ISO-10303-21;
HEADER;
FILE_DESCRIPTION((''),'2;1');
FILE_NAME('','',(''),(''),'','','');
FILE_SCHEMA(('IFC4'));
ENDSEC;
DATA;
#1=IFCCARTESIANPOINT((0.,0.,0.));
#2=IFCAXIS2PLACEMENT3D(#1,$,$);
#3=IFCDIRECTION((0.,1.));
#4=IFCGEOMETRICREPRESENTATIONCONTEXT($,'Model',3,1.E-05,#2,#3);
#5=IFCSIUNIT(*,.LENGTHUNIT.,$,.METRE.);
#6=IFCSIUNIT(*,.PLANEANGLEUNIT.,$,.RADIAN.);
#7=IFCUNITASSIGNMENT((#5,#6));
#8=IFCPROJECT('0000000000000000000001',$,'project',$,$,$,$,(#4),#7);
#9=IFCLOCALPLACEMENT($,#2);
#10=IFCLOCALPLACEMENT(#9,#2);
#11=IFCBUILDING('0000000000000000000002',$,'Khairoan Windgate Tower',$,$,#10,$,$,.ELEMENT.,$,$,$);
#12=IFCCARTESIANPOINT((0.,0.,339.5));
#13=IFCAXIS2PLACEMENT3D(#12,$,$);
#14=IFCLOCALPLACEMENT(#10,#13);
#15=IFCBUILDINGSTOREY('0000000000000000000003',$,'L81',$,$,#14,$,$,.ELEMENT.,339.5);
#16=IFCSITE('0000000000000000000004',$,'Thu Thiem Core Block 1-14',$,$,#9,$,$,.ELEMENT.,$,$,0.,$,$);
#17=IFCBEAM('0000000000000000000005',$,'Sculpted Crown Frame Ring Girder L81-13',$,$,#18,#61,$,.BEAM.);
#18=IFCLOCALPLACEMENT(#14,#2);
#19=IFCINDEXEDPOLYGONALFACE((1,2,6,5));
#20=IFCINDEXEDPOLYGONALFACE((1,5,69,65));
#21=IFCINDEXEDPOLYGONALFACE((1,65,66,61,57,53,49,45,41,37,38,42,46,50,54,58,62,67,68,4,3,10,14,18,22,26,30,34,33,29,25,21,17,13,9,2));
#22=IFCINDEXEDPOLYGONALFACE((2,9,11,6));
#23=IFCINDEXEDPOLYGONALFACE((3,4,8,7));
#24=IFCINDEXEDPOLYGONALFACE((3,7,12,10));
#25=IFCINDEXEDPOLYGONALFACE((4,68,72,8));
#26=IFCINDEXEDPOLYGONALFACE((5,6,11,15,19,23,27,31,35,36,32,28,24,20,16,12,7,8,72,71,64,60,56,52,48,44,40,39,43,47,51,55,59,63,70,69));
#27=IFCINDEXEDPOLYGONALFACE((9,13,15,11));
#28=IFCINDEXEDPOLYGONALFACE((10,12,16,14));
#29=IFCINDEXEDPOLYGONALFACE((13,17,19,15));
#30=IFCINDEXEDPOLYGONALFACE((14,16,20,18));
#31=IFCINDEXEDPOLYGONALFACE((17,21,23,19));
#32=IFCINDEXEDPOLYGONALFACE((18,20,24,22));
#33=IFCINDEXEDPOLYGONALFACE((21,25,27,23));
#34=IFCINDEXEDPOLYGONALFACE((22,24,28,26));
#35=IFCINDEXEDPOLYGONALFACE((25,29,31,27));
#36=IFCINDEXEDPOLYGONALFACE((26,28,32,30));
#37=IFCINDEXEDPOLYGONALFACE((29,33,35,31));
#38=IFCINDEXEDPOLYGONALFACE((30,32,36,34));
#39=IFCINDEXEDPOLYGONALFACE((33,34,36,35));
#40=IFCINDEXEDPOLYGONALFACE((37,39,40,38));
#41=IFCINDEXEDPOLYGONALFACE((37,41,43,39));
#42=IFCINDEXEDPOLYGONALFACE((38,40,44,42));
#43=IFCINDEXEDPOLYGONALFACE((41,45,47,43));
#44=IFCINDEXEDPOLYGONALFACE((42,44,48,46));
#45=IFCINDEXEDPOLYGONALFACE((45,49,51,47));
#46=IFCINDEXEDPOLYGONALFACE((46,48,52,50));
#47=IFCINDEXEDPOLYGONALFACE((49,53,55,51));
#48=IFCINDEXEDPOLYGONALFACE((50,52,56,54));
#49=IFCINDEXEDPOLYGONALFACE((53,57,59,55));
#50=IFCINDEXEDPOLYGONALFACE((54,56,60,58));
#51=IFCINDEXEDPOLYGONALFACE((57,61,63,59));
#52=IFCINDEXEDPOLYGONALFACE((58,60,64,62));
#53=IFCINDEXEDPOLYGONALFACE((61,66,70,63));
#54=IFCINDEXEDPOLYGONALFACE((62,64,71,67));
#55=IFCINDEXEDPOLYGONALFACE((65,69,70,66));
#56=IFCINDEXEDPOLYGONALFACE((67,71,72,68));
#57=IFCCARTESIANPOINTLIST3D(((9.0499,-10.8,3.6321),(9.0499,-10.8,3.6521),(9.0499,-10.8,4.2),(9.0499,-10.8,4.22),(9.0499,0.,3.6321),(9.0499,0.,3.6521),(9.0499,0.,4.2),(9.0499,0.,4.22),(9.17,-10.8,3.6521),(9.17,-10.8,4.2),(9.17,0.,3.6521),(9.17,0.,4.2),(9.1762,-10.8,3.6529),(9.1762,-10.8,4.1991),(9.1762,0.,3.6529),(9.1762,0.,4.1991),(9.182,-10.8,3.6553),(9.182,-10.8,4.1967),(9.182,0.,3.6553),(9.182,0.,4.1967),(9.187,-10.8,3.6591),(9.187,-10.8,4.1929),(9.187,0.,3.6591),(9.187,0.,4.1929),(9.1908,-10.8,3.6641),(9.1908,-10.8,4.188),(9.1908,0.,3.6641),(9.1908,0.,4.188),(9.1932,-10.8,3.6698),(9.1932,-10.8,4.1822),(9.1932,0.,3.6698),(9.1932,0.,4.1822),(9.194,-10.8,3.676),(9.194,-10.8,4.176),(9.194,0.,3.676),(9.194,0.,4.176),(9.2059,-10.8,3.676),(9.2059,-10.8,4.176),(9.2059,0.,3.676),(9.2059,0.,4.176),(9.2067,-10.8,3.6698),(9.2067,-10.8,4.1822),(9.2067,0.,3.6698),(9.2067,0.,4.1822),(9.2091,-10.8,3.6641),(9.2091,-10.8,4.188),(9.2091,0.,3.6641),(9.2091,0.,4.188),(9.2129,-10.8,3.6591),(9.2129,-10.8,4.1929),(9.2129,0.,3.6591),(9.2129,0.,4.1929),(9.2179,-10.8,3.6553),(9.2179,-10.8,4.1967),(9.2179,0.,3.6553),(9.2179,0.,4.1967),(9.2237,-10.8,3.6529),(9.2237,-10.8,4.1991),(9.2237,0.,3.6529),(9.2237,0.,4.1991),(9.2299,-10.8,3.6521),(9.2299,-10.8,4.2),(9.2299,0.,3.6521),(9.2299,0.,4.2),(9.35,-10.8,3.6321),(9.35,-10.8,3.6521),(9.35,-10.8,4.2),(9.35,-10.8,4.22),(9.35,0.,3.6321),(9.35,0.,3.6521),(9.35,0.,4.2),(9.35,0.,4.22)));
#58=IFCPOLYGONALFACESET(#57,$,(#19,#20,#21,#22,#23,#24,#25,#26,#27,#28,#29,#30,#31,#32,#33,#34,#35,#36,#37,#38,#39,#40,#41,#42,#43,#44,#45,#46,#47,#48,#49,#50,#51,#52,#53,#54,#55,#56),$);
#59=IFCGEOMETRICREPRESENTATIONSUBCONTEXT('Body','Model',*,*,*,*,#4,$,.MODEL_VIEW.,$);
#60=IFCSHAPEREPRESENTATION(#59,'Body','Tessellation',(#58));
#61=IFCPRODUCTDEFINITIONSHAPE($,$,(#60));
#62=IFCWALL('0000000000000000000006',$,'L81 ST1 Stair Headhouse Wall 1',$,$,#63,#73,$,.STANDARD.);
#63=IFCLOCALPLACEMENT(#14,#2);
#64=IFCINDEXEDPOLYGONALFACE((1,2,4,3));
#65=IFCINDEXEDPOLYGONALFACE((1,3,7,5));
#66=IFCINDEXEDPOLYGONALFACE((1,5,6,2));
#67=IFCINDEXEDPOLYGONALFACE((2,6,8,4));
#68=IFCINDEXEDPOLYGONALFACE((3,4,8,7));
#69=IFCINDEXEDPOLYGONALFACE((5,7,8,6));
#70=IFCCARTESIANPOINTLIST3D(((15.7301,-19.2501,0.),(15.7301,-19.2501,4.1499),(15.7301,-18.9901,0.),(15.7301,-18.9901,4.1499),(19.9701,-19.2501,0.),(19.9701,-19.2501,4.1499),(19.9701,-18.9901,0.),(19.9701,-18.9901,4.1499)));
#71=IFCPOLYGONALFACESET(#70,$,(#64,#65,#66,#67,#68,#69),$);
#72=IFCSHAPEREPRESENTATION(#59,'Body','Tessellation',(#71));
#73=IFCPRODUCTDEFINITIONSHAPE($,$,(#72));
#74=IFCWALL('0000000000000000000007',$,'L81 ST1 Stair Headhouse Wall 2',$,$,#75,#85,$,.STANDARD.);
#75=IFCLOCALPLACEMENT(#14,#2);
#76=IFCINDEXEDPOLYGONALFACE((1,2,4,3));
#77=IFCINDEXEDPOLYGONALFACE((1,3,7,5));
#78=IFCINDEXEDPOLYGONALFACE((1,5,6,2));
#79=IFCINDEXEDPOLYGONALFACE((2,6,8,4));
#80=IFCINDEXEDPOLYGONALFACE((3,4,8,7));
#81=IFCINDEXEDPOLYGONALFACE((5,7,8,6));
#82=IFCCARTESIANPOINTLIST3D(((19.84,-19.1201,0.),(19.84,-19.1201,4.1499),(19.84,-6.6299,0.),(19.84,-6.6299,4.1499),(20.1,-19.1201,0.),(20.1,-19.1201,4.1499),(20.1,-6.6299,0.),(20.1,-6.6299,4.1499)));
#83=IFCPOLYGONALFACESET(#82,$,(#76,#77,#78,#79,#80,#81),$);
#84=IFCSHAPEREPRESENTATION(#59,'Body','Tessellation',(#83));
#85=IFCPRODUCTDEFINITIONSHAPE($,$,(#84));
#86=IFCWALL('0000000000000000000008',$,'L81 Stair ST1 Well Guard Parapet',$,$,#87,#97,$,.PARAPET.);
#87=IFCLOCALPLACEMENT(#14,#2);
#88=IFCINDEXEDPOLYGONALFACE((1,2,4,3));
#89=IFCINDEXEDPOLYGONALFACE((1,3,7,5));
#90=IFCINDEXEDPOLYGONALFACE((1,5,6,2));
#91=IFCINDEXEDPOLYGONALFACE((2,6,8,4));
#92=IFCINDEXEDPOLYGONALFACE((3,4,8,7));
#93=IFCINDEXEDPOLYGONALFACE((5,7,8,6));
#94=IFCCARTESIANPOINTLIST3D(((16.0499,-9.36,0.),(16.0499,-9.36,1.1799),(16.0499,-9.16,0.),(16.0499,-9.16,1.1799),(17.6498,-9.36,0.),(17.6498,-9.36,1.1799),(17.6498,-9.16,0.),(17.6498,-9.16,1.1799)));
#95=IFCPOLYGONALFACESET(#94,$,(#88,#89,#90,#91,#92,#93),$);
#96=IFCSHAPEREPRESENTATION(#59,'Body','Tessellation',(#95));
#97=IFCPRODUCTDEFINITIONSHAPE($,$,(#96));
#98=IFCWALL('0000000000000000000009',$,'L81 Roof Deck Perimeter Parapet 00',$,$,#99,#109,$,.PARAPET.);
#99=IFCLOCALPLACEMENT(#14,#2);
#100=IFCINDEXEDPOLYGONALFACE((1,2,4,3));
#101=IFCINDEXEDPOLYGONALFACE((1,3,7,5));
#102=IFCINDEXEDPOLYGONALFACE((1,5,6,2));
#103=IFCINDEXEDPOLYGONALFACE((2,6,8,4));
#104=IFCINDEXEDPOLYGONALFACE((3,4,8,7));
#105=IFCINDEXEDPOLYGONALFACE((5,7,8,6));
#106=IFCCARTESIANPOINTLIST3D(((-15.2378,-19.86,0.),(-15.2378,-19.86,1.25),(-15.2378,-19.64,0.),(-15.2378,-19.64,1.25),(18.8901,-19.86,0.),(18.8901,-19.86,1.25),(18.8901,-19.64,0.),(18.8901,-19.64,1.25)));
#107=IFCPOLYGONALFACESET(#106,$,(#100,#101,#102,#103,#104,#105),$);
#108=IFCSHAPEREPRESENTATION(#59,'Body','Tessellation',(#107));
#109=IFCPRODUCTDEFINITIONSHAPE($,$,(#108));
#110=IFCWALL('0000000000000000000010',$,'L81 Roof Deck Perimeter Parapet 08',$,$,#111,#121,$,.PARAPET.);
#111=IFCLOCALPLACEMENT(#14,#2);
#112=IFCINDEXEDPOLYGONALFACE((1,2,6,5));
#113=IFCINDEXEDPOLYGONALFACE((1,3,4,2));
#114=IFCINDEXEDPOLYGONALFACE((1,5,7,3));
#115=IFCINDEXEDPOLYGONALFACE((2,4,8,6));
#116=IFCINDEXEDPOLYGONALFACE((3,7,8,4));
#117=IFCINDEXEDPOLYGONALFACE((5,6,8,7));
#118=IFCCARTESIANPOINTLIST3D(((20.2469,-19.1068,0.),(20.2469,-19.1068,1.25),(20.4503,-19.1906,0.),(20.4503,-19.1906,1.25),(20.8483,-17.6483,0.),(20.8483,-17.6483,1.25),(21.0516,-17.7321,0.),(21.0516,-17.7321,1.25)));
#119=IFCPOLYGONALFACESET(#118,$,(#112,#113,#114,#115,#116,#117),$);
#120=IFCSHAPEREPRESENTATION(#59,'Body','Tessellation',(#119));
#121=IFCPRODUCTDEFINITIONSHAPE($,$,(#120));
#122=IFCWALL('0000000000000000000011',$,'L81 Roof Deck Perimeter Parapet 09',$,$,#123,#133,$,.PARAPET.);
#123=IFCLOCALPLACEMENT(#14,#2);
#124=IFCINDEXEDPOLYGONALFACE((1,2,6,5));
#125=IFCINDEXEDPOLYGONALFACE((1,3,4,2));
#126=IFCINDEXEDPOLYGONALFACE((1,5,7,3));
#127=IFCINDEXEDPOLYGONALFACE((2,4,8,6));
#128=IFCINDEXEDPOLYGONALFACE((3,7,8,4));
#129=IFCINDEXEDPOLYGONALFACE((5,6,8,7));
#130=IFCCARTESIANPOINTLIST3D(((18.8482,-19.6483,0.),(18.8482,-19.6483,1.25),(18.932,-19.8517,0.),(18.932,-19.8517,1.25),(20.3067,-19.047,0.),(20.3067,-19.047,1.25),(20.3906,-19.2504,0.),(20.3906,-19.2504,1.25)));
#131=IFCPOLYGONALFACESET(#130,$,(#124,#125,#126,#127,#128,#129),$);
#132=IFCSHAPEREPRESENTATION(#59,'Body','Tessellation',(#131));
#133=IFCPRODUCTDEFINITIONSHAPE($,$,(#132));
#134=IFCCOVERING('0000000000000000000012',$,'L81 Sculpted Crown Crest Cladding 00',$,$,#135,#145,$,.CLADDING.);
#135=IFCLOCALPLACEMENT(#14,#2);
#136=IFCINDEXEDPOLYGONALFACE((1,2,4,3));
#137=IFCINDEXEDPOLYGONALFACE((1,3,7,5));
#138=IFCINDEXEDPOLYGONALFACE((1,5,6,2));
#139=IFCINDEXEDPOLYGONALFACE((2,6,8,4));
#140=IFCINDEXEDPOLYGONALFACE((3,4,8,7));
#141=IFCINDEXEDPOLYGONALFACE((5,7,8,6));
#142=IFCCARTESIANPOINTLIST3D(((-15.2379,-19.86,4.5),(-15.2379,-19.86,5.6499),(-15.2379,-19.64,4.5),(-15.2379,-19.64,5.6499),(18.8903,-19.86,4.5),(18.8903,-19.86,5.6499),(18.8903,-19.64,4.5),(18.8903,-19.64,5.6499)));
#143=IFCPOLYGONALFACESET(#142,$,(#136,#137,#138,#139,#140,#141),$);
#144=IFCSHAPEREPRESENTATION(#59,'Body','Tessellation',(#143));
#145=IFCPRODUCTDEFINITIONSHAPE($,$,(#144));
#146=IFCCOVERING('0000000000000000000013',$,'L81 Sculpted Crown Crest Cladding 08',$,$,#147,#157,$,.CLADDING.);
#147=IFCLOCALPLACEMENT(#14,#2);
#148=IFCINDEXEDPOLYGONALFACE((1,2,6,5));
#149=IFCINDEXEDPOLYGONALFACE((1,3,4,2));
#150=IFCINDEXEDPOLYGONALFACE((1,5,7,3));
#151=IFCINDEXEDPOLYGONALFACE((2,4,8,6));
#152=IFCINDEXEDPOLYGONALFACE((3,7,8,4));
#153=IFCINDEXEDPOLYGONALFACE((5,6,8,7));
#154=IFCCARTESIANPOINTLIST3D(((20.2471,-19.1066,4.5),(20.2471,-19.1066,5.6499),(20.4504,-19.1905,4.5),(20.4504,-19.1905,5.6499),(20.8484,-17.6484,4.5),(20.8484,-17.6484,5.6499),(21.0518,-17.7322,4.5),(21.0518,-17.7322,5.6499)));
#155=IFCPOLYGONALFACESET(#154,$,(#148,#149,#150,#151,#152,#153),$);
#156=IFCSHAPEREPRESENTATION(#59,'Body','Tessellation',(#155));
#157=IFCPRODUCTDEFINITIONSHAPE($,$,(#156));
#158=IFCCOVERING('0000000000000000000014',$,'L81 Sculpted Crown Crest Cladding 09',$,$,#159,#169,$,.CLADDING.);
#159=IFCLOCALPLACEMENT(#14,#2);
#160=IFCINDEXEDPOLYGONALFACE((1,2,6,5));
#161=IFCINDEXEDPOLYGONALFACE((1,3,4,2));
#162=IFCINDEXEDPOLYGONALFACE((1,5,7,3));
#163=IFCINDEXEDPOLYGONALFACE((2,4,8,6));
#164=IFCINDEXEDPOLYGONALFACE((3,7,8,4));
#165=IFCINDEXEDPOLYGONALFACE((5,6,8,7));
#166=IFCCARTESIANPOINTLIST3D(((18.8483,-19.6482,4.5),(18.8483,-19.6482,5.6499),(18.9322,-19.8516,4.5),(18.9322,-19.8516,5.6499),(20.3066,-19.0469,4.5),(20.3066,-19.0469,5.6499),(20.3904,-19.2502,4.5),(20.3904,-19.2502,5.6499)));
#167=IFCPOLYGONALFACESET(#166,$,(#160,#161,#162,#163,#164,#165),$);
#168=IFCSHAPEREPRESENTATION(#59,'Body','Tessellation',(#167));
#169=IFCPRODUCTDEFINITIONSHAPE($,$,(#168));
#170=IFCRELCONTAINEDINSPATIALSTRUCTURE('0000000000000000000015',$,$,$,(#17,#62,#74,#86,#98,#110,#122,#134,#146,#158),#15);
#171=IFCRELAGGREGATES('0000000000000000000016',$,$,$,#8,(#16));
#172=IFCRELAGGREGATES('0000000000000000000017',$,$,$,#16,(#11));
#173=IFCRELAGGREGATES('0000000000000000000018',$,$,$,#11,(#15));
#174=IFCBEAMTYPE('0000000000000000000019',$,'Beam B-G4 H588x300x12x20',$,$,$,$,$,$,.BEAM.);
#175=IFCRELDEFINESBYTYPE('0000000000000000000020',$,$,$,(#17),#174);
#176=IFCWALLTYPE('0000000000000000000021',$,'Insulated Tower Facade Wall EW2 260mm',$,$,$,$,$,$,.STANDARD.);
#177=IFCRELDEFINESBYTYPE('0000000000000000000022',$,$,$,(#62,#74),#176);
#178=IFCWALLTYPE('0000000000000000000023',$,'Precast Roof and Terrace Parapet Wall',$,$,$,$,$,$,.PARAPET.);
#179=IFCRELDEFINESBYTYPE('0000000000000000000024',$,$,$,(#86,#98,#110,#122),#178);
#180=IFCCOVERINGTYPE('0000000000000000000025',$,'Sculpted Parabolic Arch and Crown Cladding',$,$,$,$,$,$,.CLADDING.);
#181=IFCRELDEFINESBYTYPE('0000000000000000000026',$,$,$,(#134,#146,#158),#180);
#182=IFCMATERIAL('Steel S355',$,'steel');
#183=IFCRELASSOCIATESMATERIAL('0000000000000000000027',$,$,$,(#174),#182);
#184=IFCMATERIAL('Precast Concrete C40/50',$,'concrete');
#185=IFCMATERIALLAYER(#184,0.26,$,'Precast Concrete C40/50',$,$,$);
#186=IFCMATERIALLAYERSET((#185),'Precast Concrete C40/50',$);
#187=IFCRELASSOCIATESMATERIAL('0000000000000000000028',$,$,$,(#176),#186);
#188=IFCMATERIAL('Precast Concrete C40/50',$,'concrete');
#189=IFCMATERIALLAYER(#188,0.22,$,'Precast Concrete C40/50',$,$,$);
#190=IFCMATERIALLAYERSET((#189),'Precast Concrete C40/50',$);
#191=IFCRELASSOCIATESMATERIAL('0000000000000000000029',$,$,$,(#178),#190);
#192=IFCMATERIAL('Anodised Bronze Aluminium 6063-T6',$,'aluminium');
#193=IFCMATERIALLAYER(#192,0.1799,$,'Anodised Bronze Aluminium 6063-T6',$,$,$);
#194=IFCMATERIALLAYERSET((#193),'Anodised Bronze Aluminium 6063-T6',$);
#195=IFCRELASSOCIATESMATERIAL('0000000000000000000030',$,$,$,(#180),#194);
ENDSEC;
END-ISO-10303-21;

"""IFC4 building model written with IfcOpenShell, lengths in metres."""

from ifc_helpers import new_model, si_unit, direction, frame, frame_2d, origin, origin_2d, place, context, subcontext, project, spatial, rectangle, i_section, extrude, material, layer, layer_set, material_profile, profile_set, type_object, element, save


model = new_model("IFC4")

# Units and contexts
model_context = context("Model", 3, precision=1e-05, world=origin(), true_north=direction((0.0, 1.0)))
body_context = subcontext(model_context, "Body", "Model", "MODEL_VIEW")
ifc_project = project(units=[si_unit("LENGTHUNIT", "METRE"), si_unit("PLANEANGLEUNIT", "RADIAN")], contexts=[model_context])

# Site, building, storey
site_placement = place(None, origin())
site = spatial("IfcSite", under=ifc_project, at=site_placement, Name="Thu Thiem Core Block 1-14", CompositionType="ELEMENT", RefElevation=0.0)
building_placement = place(site_placement, origin())
building = spatial("IfcBuilding", under=site, at=building_placement, Name="Khairoan Windgate Tower", CompositionType="ELEMENT")
storey_placement = place(building_placement, frame((0.0, 0.0, 339.5)))
storey = spatial("IfcBuildingStorey", under=building, at=storey_placement, Name="L81", CompositionType="ELEMENT", Elevation=339.5)

# Beam
ifc_material_1 = material(Name="Steel S355", Category="steel")
ifc_material_profile_1 = material_profile(ifc_material_1, i_section(OverallWidth=0.3, OverallDepth=0.5879, WebThickness=0.012, FlangeThickness=0.02, FilletRadius=0.0239, at=origin_2d()))
ifc_profile_set_1 = profile_set([ifc_material_profile_1], Name="Steel S355")
beam_type = type_object("IfcBeamType", Name="Beam B-G4 H588x300x12x20", PredefinedType="BEAM", material=ifc_profile_set_1)
for number, where, z_axis, x_axis, name in (
    (1, (9.2, -10.8, 3.926), (0.0, 1.0, 0.0), (-1.0, 0.0, 0.0), "Sculpted Crown Frame Ring Girder L81-13"),
):
    element("IfcBeam", number, at=place(storey_placement, frame(where, z_axis=z_axis, x_axis=x_axis)), inside=storey, type_object=beam_type, Name=name, PredefinedType="BEAM", context=body_context, shape_type="SweptSolid", body=[
        extrude(i_section(OverallWidth=0.3, OverallDepth=0.5879, WebThickness=0.012, FlangeThickness=0.02, FilletRadius=0.0239, at=origin_2d()), origin(), (0.0, 0.0, 1.0), 10.8),
    ])

# Walls
ifc_material_2 = material(Name="Precast Concrete C40/50", Category="concrete")
ifc_layer_1 = layer(ifc_material_2, 0.26, Name="Precast Concrete C40/50")
ifc_layer_set_1 = layer_set([ifc_layer_1], Name="Precast Concrete C40/50")
wall_type_1 = type_object("IfcWallType", Name="Insulated Tower Facade Wall EW2 260mm", PredefinedType="STANDARD", material=ifc_layer_set_1)
wall_1_placement = place(storey_placement, frame((15.73, -19.1201, 0.0), z_axis=(0.0, 0.0, 1.0), x_axis=(1.0, 0.0, 0.0)))
element("IfcWall", 2, at=wall_1_placement, inside=storey, type_object=wall_type_1, Name="L81 ST1 Stair Headhouse Wall 1", PredefinedType="STANDARD", context=body_context, shape_type="SweptSolid", body=[
    extrude(rectangle(XDim=4.24, YDim=0.26, at=frame_2d((2.1201, 0.0))), origin(), (0.0, 0.0, 1.0), 4.1499),
])
wall_2_placement = place(storey_placement, frame((19.97, -19.1201, 0.0), z_axis=(0.0, 0.0, 1.0), x_axis=(0.0, 1.0, 0.0)))
element("IfcWall", 3, at=wall_2_placement, inside=storey, type_object=wall_type_1, Name="L81 ST1 Stair Headhouse Wall 2", PredefinedType="STANDARD", context=body_context, shape_type="SweptSolid", body=[
    extrude(rectangle(XDim=12.4902, YDim=0.26, at=frame_2d((6.2451, 0.0))), origin(), (0.0, 0.0, 1.0), 4.1499),
])
ifc_material_3 = material(Name="Precast Concrete C40/50", Category="concrete")
ifc_layer_2 = layer(ifc_material_3, 0.22, Name="Precast Concrete C40/50")
ifc_layer_set_2 = layer_set([ifc_layer_2], Name="Precast Concrete C40/50")
wall_type_2 = type_object("IfcWallType", Name="Precast Roof and Terrace Parapet Wall", PredefinedType="PARAPET", material=ifc_layer_set_2)
wall_3_placement = place(storey_placement, frame((16.05, -9.26, 0.0), z_axis=(0.0, 0.0, 1.0), x_axis=(1.0, 0.0, 0.0)))
element("IfcWall", 4, at=wall_3_placement, inside=storey, type_object=wall_type_2, Name="L81 Stair ST1 Well Guard Parapet", PredefinedType="PARAPET", context=body_context, shape_type="SweptSolid", body=[
    extrude(rectangle(XDim=1.5999, YDim=0.2, at=frame_2d((0.7998, 0.0))), origin(), (0.0, 0.0, 1.0), 1.1799),
])
wall_4_placement = place(storey_placement, frame((18.8901, -19.75, 0.0), z_axis=(0.0, 0.0, 1.0), x_axis=(-1.0, 0.0, 0.0)))
element("IfcWall", 5, at=wall_4_placement, inside=storey, type_object=wall_type_2, Name="L81 Roof Deck Perimeter Parapet 00", PredefinedType="PARAPET", context=body_context, shape_type="SweptSolid", body=[
    extrude(rectangle(XDim=34.1279, YDim=0.22, at=frame_2d((17.064, 0.0))), origin(), (0.0, 0.0, 1.0), 1.25),
])
for number, where, z_axis, x_axis, name in (
    (6, (20.95, -17.6902, 0.0), (0.0, 0.0, 1.0), (-0.381162, -0.924508, 0.0), "L81 Roof Deck Perimeter Parapet 08"),
    (7, (20.3486, -19.1487, 0.0), (0.0, 0.0, 1.0), (-0.924508, -0.381162, 0.0), "L81 Roof Deck Perimeter Parapet 09"),
):
    element("IfcWall", number, at=place(storey_placement, frame(where, z_axis=z_axis, x_axis=x_axis)), inside=storey, type_object=wall_type_2, Name=name, PredefinedType="PARAPET", context=body_context, shape_type="SweptSolid", body=[
        extrude(rectangle(XDim=1.5776, YDim=0.22, at=frame_2d((0.7888, 0.0))), origin(), (0.0, 0.0, 1.0), 1.25),
    ])

# Coverings
ifc_material_4 = material(Name="Anodised Bronze Aluminium 6063-T6", Category="aluminium")
ifc_layer_3 = layer(ifc_material_4, 0.1799, Name="Anodised Bronze Aluminium 6063-T6")
ifc_layer_set_3 = layer_set([ifc_layer_3], Name="Anodised Bronze Aluminium 6063-T6")
covering_type = type_object("IfcCoveringType", Name="Sculpted Parabolic Arch and Crown Cladding", PredefinedType="CLADDING", material=ifc_layer_set_3)
covering_placement = place(storey_placement, frame((1.8262, -19.75, 4.5), z_axis=(0.0, 0.0, 1.0), x_axis=(-1.0, 0.0, 0.0)))
element("IfcCovering", 8, at=covering_placement, inside=storey, type_object=covering_type, Name="L81 Sculpted Crown Crest Cladding 00", PredefinedType="CLADDING", context=body_context, shape_type="SweptSolid", body=[
    extrude(rectangle(XDim=34.1282, YDim=0.22, at=origin_2d()), origin(), (0.0, 0.0, 1.0), 1.1499),
])
for number, where, z_axis, x_axis, name in (
    (9, (20.6494, -18.4194, 4.5), (0.0, 0.0, 1.0), (-0.381232, -0.92448, 0.0), "L81 Sculpted Crown Crest Cladding 08"),
    (10, (19.6194, -19.4492, 4.5), (0.0, 0.0, 1.0), (-0.92448, -0.381232, 0.0), "L81 Sculpted Crown Crest Cladding 09"),
):
    element("IfcCovering", number, at=place(storey_placement, frame(where, z_axis=z_axis, x_axis=x_axis)), inside=storey, type_object=covering_type, Name=name, PredefinedType="CLADDING", context=body_context, shape_type="SweptSolid", body=[
        extrude(rectangle(XDim=1.5774, YDim=0.22, at=origin_2d()), origin(), (0.0, 0.0, 1.0), 1.1499),
    ])

save(model, "model.ifc")
